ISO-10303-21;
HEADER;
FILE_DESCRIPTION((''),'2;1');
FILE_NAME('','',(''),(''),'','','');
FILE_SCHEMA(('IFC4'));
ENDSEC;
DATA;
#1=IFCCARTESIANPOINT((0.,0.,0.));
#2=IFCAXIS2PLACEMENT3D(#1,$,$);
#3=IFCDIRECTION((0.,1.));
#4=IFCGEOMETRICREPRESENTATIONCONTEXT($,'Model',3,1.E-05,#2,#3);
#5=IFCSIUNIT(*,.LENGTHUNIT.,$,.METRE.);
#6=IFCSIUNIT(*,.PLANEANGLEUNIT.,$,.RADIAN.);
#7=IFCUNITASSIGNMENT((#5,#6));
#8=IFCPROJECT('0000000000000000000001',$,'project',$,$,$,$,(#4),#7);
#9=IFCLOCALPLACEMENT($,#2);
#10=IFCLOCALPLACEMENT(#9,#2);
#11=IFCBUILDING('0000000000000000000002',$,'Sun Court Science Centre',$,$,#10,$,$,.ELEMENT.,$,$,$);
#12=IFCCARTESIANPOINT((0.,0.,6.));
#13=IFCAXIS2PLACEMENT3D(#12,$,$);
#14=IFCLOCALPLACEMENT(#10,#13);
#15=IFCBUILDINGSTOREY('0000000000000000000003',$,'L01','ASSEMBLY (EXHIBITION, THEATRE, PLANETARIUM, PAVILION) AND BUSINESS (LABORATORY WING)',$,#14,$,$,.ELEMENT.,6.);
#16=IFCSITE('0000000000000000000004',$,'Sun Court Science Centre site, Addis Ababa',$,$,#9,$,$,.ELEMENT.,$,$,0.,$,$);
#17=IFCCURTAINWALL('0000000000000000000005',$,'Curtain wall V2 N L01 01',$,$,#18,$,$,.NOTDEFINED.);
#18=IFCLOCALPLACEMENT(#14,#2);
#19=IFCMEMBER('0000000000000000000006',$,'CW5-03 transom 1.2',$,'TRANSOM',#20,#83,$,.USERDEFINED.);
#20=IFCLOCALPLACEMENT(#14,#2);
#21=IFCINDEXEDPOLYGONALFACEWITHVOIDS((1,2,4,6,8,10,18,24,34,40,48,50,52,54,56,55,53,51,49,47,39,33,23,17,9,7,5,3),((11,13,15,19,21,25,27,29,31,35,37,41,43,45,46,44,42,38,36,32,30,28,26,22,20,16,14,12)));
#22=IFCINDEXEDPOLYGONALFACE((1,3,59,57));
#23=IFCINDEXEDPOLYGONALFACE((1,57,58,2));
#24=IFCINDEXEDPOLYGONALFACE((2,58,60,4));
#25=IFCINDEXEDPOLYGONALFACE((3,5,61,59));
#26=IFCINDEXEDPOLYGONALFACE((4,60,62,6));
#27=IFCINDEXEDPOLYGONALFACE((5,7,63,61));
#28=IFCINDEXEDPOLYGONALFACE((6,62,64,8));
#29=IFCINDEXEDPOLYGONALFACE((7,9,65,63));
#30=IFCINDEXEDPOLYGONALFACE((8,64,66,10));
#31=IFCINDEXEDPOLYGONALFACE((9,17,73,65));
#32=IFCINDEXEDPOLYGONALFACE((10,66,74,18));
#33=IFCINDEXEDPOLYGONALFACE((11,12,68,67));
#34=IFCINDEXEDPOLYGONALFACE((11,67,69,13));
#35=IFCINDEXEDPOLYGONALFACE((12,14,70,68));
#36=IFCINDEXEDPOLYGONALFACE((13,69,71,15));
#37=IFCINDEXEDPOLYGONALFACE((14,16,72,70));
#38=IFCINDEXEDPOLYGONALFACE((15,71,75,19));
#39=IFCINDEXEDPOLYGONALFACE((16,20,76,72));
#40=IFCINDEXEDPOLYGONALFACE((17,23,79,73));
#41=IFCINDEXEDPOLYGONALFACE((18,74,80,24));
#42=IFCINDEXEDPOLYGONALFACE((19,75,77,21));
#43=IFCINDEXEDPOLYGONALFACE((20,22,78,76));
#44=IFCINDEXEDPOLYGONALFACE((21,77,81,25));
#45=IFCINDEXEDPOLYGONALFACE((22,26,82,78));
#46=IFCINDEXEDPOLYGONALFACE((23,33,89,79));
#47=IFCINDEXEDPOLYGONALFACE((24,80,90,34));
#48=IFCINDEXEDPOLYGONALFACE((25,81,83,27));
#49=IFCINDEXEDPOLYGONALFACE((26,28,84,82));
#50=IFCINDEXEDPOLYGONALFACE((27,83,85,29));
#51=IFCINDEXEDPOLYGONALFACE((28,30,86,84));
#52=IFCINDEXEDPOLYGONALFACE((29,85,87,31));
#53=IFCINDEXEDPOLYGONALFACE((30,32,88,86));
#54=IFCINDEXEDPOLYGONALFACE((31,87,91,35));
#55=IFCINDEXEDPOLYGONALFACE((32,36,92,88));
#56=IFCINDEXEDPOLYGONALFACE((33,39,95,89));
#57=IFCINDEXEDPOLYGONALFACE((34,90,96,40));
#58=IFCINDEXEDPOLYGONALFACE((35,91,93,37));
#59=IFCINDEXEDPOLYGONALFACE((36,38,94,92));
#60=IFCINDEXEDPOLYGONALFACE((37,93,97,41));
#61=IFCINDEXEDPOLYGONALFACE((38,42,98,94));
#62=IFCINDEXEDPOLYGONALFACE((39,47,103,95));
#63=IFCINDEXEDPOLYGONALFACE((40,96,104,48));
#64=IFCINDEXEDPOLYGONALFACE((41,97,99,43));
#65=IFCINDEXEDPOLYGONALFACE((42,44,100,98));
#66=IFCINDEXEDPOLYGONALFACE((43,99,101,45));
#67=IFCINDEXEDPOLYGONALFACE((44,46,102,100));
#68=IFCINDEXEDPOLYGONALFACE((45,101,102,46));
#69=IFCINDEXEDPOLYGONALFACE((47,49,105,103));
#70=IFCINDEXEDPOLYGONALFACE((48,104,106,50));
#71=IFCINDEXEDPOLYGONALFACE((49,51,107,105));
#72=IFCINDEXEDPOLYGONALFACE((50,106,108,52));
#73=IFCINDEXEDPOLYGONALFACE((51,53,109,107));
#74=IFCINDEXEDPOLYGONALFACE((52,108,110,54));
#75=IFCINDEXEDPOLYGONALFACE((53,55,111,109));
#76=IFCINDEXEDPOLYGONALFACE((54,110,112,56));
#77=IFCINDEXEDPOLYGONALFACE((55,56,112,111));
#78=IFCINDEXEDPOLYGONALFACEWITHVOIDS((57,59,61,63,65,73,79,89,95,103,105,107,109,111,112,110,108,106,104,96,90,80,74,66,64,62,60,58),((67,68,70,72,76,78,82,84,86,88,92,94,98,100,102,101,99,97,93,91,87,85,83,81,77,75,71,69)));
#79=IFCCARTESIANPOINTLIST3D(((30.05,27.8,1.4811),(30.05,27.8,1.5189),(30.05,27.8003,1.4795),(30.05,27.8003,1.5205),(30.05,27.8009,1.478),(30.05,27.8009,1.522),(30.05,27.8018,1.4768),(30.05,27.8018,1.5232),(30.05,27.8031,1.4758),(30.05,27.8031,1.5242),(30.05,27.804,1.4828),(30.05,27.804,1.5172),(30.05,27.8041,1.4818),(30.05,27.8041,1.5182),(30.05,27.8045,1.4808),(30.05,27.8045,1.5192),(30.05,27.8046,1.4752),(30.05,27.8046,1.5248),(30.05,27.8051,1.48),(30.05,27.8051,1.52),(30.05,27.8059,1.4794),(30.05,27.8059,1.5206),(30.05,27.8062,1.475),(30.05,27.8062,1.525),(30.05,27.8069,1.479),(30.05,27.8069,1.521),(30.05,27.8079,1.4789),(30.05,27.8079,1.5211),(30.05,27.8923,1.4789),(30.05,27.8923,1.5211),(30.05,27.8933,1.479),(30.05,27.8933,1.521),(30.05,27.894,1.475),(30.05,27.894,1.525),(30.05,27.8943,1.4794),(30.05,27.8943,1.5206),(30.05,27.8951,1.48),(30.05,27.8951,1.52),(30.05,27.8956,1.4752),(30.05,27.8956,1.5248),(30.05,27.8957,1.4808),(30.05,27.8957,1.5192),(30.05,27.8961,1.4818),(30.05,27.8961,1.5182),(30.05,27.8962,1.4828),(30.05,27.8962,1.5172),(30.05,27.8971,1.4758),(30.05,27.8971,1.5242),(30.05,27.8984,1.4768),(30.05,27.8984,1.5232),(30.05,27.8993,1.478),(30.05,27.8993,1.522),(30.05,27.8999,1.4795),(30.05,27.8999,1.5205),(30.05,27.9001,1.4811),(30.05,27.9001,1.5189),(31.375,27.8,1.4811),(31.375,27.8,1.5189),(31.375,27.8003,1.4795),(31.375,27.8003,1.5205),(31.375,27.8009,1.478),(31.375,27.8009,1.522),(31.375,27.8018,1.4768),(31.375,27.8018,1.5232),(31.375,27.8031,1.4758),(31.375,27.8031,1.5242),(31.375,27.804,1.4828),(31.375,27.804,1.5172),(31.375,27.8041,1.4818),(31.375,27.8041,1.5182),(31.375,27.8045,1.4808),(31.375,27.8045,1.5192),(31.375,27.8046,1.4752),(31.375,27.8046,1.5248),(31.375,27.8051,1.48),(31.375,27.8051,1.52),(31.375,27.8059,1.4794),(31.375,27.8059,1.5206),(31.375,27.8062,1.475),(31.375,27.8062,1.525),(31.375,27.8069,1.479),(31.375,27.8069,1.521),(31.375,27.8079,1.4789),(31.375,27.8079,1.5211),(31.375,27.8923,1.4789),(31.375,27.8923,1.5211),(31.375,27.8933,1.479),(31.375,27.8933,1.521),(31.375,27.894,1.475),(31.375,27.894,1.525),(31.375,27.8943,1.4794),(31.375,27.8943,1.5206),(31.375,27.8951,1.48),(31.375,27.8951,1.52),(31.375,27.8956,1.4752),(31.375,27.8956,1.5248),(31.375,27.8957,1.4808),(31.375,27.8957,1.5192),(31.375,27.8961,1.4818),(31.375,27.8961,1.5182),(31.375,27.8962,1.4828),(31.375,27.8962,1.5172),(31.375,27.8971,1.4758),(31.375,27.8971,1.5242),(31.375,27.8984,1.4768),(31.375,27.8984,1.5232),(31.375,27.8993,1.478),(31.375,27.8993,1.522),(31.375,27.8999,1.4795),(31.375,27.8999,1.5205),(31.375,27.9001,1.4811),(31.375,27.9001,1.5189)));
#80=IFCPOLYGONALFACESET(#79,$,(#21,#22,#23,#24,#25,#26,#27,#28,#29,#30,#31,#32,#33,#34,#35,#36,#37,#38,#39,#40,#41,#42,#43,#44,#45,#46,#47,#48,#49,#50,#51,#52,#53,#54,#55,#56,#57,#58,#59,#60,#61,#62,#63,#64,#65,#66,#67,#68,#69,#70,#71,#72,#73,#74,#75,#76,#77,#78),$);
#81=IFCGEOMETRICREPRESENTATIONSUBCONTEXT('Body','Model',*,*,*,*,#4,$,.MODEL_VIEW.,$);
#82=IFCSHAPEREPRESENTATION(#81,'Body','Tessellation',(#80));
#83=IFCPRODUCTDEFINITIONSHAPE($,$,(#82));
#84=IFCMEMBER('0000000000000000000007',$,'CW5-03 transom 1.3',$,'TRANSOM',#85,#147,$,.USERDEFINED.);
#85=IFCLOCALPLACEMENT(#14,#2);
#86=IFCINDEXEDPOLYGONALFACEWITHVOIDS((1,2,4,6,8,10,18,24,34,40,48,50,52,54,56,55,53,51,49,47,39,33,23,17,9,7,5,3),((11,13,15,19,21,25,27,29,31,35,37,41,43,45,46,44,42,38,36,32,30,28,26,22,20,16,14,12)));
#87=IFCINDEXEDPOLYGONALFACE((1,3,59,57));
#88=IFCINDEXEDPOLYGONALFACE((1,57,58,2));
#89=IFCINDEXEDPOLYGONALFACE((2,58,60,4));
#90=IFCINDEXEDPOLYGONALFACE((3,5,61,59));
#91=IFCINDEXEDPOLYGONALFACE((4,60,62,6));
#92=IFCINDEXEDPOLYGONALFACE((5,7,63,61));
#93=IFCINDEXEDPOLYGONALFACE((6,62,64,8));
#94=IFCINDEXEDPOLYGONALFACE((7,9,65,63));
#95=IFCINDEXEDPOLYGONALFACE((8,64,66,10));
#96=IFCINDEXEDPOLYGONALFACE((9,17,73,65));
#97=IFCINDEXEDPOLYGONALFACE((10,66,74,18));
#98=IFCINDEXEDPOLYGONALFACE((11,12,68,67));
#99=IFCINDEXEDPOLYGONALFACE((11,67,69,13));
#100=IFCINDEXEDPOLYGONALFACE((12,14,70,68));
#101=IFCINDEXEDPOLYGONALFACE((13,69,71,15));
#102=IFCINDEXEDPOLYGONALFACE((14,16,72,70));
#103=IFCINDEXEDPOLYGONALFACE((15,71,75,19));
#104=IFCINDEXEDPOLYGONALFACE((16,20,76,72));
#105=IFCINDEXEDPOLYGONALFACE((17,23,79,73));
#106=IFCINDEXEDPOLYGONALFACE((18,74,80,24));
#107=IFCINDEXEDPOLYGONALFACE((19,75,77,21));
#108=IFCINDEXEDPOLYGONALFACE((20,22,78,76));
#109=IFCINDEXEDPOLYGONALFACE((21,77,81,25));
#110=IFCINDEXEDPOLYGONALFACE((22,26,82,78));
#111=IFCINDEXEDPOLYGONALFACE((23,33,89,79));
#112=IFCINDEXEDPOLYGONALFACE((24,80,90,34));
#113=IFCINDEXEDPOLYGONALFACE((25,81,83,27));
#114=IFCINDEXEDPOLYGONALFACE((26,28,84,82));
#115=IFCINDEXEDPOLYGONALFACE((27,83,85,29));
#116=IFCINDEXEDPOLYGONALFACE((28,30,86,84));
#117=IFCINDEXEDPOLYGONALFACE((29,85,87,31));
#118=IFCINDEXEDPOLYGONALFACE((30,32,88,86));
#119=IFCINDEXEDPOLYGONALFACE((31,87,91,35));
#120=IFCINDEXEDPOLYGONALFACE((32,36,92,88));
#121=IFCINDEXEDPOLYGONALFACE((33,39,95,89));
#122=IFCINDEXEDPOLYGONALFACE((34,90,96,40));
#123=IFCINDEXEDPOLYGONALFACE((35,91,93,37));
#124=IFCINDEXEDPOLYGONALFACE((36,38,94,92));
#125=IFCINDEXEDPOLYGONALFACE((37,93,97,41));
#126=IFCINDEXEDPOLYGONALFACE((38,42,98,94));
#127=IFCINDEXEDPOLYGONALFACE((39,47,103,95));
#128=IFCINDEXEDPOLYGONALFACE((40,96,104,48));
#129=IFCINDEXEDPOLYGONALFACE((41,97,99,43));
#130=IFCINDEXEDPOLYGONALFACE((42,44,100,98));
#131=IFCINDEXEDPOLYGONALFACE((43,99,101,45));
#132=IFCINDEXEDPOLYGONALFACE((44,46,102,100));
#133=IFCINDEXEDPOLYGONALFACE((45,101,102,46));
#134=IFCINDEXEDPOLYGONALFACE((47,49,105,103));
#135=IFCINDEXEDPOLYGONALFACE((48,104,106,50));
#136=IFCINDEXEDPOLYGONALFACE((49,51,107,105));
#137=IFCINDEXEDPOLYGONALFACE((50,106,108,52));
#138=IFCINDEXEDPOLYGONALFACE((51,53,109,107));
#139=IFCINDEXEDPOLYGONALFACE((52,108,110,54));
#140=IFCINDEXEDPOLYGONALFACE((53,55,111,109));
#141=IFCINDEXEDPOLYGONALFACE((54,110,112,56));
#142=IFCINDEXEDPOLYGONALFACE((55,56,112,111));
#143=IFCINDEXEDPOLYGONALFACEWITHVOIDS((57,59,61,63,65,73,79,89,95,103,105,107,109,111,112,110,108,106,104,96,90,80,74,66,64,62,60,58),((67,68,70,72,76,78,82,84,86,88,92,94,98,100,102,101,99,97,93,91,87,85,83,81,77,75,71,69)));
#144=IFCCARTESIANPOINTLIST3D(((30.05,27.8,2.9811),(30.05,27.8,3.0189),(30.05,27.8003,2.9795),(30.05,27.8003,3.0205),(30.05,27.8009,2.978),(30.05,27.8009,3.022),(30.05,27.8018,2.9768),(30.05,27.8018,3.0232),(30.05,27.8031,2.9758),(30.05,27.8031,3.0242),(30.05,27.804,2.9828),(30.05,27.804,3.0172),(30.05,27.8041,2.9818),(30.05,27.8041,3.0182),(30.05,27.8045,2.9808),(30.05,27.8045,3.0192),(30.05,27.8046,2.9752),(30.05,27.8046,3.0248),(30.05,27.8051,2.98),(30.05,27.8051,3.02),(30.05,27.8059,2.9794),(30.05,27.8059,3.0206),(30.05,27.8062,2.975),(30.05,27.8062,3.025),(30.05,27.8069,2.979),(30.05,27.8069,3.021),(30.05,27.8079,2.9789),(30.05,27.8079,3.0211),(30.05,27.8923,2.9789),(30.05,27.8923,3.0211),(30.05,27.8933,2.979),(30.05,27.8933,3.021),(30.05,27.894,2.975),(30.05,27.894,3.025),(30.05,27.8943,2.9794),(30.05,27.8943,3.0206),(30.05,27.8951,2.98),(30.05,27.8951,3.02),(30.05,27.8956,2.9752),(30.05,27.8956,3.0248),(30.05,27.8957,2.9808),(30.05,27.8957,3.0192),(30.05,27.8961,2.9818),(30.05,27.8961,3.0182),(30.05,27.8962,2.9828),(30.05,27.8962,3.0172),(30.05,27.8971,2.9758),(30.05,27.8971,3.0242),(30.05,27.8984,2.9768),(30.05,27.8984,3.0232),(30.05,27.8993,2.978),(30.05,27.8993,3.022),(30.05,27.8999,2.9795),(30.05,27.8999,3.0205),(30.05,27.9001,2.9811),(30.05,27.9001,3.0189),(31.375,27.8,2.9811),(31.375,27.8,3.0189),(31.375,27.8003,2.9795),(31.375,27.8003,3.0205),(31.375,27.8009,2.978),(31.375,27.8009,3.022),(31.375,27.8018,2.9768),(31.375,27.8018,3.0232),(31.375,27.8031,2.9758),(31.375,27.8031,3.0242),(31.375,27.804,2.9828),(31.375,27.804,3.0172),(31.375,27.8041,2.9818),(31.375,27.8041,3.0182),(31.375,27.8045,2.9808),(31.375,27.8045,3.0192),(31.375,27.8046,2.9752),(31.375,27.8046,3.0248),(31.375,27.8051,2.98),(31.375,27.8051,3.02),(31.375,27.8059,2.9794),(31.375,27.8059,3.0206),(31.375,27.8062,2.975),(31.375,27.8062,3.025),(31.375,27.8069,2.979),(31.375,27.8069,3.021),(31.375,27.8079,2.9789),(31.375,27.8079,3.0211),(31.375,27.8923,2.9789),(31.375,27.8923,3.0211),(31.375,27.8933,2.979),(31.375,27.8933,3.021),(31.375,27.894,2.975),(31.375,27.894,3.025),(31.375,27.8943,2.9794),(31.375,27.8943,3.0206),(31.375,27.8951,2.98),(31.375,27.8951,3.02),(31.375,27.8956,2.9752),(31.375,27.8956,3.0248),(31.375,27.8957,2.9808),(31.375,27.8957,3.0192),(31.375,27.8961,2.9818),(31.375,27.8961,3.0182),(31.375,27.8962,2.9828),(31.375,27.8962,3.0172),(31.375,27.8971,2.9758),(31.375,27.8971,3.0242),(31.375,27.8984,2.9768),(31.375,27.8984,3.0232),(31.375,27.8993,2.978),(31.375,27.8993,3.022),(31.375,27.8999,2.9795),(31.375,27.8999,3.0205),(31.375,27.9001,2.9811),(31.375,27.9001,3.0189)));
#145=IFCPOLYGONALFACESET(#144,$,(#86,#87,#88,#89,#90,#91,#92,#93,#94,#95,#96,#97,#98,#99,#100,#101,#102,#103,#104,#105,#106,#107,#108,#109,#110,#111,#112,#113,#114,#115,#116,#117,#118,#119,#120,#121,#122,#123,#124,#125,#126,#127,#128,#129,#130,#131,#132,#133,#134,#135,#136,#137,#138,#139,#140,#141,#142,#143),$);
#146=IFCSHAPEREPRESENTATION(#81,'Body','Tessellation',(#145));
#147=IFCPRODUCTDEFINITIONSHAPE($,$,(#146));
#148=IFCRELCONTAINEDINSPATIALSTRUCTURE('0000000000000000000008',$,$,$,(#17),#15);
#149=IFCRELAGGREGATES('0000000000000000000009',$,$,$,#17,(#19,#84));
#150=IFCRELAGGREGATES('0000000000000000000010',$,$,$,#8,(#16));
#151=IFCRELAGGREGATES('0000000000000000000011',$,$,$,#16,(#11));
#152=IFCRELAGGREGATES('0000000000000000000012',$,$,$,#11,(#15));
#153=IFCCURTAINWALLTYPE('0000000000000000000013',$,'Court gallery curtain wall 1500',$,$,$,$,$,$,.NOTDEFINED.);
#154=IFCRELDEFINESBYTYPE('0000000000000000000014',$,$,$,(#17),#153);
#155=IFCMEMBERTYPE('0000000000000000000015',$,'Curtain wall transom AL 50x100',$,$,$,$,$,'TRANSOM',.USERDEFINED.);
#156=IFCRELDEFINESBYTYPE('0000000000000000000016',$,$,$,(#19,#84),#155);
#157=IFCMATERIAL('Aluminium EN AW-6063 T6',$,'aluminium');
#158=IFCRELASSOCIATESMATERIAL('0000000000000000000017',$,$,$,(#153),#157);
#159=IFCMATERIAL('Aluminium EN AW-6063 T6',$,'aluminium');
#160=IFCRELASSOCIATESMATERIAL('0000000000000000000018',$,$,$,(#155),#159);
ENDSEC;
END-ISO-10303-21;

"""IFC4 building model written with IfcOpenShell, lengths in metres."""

from ifc_helpers import new_model, si_unit, direction, frame, origin, origin_2d, place, context, subcontext, project, spatial, hollow_rectangle, extrude, material, material_profile, profile_set, type_object, element, aggregate, save


model = new_model("IFC4")

# Units and contexts
model_context = context("Model", 3, precision=1e-05, world=origin(), true_north=direction((0.0, 1.0)))
body_context = subcontext(model_context, "Body", "Model", "MODEL_VIEW")
ifc_project = project(units=[si_unit("LENGTHUNIT", "METRE"), si_unit("PLANEANGLEUNIT", "RADIAN")], contexts=[model_context])

# Site, building, storey
site_placement = place(None, origin())
site = spatial("IfcSite", under=ifc_project, at=site_placement, Name="Sun Court Science Centre site, Addis Ababa", CompositionType="ELEMENT", RefElevation=0.0)
building_placement = place(site_placement, origin())
building = spatial("IfcBuilding", under=site, at=building_placement, Name="Sun Court Science Centre", CompositionType="ELEMENT")
storey_placement = place(building_placement, frame((0.0, 0.0, 6.0)))
storey = spatial("IfcBuildingStorey", under=building, at=storey_placement, Name="L01", Description="ASSEMBLY (EXHIBITION, THEATRE, PLANETARIUM, PAVILION) AND BUSINESS (LABORATORY WING)", CompositionType="ELEMENT", Elevation=6.0)

# Curtain wall, members
ifc_material_1 = material(Name="Aluminium EN AW-6063 T6", Category="aluminium")
curtain_wall_type = type_object("IfcCurtainWallType", Name="Court gallery curtain wall 1500", PredefinedType="NOTDEFINED", material=ifc_material_1)
curtain_wall_placement = place(storey_placement, origin())
curtain_wall = element("IfcCurtainWall", 1, at=curtain_wall_placement, inside=storey, type_object=curtain_wall_type, Name="Curtain wall V2 N L01 01", PredefinedType="NOTDEFINED")
ifc_material_2 = material(Name="Aluminium EN AW-6063 T6", Category="aluminium")
ifc_material_profile_1 = material_profile(ifc_material_2, hollow_rectangle(XDim=0.05, YDim=0.1001, WallThickness=0.0039, InnerFilletRadius=0.0039, OuterFilletRadius=0.0061, at=origin_2d()), Name="AL 50x100x4")
ifc_profile_set_1 = profile_set([ifc_material_profile_1], Name="Aluminium EN AW-6063 T6")
member_type_1 = type_object("IfcMemberType", Name="Curtain wall transom AL 50x100", ElementType="TRANSOM", PredefinedType="USERDEFINED", material=ifc_profile_set_1)
member_1_placement = place(storey_placement, frame((30.05, 27.8501, 1.5), z_axis=(1.0, 0.0, 0.0), x_axis=(0.0, 0.0, 1.0)))
member_1 = element("IfcMember", 2, at=member_1_placement, type_object=member_type_1, Name="CW5-03 transom 1.2", ObjectType="TRANSOM", PredefinedType="USERDEFINED", context=body_context, shape_type="SweptSolid", body=[
    extrude(hollow_rectangle(XDim=0.05, YDim=0.1001, WallThickness=0.0039, InnerFilletRadius=0.0039, OuterFilletRadius=0.0061, at=origin_2d()), origin(), (0.0, 0.0, 1.0), 1.325),
])
member_2_placement = place(storey_placement, frame((30.05, 27.8501, 3.0), z_axis=(1.0, 0.0, 0.0), x_axis=(0.0, 0.0, 1.0)))
member_2 = element("IfcMember", 3, at=member_2_placement, type_object=member_type_1, Name="CW5-03 transom 1.3", ObjectType="TRANSOM", PredefinedType="USERDEFINED", context=body_context, shape_type="SweptSolid", body=[
    extrude(hollow_rectangle(XDim=0.05, YDim=0.1001, WallThickness=0.0039, InnerFilletRadius=0.0039, OuterFilletRadius=0.0061, at=origin_2d()), origin(), (0.0, 0.0, 1.0), 1.325),
])

aggregate(curtain_wall, [member_1, member_2])

save(model, "model.ifc")
